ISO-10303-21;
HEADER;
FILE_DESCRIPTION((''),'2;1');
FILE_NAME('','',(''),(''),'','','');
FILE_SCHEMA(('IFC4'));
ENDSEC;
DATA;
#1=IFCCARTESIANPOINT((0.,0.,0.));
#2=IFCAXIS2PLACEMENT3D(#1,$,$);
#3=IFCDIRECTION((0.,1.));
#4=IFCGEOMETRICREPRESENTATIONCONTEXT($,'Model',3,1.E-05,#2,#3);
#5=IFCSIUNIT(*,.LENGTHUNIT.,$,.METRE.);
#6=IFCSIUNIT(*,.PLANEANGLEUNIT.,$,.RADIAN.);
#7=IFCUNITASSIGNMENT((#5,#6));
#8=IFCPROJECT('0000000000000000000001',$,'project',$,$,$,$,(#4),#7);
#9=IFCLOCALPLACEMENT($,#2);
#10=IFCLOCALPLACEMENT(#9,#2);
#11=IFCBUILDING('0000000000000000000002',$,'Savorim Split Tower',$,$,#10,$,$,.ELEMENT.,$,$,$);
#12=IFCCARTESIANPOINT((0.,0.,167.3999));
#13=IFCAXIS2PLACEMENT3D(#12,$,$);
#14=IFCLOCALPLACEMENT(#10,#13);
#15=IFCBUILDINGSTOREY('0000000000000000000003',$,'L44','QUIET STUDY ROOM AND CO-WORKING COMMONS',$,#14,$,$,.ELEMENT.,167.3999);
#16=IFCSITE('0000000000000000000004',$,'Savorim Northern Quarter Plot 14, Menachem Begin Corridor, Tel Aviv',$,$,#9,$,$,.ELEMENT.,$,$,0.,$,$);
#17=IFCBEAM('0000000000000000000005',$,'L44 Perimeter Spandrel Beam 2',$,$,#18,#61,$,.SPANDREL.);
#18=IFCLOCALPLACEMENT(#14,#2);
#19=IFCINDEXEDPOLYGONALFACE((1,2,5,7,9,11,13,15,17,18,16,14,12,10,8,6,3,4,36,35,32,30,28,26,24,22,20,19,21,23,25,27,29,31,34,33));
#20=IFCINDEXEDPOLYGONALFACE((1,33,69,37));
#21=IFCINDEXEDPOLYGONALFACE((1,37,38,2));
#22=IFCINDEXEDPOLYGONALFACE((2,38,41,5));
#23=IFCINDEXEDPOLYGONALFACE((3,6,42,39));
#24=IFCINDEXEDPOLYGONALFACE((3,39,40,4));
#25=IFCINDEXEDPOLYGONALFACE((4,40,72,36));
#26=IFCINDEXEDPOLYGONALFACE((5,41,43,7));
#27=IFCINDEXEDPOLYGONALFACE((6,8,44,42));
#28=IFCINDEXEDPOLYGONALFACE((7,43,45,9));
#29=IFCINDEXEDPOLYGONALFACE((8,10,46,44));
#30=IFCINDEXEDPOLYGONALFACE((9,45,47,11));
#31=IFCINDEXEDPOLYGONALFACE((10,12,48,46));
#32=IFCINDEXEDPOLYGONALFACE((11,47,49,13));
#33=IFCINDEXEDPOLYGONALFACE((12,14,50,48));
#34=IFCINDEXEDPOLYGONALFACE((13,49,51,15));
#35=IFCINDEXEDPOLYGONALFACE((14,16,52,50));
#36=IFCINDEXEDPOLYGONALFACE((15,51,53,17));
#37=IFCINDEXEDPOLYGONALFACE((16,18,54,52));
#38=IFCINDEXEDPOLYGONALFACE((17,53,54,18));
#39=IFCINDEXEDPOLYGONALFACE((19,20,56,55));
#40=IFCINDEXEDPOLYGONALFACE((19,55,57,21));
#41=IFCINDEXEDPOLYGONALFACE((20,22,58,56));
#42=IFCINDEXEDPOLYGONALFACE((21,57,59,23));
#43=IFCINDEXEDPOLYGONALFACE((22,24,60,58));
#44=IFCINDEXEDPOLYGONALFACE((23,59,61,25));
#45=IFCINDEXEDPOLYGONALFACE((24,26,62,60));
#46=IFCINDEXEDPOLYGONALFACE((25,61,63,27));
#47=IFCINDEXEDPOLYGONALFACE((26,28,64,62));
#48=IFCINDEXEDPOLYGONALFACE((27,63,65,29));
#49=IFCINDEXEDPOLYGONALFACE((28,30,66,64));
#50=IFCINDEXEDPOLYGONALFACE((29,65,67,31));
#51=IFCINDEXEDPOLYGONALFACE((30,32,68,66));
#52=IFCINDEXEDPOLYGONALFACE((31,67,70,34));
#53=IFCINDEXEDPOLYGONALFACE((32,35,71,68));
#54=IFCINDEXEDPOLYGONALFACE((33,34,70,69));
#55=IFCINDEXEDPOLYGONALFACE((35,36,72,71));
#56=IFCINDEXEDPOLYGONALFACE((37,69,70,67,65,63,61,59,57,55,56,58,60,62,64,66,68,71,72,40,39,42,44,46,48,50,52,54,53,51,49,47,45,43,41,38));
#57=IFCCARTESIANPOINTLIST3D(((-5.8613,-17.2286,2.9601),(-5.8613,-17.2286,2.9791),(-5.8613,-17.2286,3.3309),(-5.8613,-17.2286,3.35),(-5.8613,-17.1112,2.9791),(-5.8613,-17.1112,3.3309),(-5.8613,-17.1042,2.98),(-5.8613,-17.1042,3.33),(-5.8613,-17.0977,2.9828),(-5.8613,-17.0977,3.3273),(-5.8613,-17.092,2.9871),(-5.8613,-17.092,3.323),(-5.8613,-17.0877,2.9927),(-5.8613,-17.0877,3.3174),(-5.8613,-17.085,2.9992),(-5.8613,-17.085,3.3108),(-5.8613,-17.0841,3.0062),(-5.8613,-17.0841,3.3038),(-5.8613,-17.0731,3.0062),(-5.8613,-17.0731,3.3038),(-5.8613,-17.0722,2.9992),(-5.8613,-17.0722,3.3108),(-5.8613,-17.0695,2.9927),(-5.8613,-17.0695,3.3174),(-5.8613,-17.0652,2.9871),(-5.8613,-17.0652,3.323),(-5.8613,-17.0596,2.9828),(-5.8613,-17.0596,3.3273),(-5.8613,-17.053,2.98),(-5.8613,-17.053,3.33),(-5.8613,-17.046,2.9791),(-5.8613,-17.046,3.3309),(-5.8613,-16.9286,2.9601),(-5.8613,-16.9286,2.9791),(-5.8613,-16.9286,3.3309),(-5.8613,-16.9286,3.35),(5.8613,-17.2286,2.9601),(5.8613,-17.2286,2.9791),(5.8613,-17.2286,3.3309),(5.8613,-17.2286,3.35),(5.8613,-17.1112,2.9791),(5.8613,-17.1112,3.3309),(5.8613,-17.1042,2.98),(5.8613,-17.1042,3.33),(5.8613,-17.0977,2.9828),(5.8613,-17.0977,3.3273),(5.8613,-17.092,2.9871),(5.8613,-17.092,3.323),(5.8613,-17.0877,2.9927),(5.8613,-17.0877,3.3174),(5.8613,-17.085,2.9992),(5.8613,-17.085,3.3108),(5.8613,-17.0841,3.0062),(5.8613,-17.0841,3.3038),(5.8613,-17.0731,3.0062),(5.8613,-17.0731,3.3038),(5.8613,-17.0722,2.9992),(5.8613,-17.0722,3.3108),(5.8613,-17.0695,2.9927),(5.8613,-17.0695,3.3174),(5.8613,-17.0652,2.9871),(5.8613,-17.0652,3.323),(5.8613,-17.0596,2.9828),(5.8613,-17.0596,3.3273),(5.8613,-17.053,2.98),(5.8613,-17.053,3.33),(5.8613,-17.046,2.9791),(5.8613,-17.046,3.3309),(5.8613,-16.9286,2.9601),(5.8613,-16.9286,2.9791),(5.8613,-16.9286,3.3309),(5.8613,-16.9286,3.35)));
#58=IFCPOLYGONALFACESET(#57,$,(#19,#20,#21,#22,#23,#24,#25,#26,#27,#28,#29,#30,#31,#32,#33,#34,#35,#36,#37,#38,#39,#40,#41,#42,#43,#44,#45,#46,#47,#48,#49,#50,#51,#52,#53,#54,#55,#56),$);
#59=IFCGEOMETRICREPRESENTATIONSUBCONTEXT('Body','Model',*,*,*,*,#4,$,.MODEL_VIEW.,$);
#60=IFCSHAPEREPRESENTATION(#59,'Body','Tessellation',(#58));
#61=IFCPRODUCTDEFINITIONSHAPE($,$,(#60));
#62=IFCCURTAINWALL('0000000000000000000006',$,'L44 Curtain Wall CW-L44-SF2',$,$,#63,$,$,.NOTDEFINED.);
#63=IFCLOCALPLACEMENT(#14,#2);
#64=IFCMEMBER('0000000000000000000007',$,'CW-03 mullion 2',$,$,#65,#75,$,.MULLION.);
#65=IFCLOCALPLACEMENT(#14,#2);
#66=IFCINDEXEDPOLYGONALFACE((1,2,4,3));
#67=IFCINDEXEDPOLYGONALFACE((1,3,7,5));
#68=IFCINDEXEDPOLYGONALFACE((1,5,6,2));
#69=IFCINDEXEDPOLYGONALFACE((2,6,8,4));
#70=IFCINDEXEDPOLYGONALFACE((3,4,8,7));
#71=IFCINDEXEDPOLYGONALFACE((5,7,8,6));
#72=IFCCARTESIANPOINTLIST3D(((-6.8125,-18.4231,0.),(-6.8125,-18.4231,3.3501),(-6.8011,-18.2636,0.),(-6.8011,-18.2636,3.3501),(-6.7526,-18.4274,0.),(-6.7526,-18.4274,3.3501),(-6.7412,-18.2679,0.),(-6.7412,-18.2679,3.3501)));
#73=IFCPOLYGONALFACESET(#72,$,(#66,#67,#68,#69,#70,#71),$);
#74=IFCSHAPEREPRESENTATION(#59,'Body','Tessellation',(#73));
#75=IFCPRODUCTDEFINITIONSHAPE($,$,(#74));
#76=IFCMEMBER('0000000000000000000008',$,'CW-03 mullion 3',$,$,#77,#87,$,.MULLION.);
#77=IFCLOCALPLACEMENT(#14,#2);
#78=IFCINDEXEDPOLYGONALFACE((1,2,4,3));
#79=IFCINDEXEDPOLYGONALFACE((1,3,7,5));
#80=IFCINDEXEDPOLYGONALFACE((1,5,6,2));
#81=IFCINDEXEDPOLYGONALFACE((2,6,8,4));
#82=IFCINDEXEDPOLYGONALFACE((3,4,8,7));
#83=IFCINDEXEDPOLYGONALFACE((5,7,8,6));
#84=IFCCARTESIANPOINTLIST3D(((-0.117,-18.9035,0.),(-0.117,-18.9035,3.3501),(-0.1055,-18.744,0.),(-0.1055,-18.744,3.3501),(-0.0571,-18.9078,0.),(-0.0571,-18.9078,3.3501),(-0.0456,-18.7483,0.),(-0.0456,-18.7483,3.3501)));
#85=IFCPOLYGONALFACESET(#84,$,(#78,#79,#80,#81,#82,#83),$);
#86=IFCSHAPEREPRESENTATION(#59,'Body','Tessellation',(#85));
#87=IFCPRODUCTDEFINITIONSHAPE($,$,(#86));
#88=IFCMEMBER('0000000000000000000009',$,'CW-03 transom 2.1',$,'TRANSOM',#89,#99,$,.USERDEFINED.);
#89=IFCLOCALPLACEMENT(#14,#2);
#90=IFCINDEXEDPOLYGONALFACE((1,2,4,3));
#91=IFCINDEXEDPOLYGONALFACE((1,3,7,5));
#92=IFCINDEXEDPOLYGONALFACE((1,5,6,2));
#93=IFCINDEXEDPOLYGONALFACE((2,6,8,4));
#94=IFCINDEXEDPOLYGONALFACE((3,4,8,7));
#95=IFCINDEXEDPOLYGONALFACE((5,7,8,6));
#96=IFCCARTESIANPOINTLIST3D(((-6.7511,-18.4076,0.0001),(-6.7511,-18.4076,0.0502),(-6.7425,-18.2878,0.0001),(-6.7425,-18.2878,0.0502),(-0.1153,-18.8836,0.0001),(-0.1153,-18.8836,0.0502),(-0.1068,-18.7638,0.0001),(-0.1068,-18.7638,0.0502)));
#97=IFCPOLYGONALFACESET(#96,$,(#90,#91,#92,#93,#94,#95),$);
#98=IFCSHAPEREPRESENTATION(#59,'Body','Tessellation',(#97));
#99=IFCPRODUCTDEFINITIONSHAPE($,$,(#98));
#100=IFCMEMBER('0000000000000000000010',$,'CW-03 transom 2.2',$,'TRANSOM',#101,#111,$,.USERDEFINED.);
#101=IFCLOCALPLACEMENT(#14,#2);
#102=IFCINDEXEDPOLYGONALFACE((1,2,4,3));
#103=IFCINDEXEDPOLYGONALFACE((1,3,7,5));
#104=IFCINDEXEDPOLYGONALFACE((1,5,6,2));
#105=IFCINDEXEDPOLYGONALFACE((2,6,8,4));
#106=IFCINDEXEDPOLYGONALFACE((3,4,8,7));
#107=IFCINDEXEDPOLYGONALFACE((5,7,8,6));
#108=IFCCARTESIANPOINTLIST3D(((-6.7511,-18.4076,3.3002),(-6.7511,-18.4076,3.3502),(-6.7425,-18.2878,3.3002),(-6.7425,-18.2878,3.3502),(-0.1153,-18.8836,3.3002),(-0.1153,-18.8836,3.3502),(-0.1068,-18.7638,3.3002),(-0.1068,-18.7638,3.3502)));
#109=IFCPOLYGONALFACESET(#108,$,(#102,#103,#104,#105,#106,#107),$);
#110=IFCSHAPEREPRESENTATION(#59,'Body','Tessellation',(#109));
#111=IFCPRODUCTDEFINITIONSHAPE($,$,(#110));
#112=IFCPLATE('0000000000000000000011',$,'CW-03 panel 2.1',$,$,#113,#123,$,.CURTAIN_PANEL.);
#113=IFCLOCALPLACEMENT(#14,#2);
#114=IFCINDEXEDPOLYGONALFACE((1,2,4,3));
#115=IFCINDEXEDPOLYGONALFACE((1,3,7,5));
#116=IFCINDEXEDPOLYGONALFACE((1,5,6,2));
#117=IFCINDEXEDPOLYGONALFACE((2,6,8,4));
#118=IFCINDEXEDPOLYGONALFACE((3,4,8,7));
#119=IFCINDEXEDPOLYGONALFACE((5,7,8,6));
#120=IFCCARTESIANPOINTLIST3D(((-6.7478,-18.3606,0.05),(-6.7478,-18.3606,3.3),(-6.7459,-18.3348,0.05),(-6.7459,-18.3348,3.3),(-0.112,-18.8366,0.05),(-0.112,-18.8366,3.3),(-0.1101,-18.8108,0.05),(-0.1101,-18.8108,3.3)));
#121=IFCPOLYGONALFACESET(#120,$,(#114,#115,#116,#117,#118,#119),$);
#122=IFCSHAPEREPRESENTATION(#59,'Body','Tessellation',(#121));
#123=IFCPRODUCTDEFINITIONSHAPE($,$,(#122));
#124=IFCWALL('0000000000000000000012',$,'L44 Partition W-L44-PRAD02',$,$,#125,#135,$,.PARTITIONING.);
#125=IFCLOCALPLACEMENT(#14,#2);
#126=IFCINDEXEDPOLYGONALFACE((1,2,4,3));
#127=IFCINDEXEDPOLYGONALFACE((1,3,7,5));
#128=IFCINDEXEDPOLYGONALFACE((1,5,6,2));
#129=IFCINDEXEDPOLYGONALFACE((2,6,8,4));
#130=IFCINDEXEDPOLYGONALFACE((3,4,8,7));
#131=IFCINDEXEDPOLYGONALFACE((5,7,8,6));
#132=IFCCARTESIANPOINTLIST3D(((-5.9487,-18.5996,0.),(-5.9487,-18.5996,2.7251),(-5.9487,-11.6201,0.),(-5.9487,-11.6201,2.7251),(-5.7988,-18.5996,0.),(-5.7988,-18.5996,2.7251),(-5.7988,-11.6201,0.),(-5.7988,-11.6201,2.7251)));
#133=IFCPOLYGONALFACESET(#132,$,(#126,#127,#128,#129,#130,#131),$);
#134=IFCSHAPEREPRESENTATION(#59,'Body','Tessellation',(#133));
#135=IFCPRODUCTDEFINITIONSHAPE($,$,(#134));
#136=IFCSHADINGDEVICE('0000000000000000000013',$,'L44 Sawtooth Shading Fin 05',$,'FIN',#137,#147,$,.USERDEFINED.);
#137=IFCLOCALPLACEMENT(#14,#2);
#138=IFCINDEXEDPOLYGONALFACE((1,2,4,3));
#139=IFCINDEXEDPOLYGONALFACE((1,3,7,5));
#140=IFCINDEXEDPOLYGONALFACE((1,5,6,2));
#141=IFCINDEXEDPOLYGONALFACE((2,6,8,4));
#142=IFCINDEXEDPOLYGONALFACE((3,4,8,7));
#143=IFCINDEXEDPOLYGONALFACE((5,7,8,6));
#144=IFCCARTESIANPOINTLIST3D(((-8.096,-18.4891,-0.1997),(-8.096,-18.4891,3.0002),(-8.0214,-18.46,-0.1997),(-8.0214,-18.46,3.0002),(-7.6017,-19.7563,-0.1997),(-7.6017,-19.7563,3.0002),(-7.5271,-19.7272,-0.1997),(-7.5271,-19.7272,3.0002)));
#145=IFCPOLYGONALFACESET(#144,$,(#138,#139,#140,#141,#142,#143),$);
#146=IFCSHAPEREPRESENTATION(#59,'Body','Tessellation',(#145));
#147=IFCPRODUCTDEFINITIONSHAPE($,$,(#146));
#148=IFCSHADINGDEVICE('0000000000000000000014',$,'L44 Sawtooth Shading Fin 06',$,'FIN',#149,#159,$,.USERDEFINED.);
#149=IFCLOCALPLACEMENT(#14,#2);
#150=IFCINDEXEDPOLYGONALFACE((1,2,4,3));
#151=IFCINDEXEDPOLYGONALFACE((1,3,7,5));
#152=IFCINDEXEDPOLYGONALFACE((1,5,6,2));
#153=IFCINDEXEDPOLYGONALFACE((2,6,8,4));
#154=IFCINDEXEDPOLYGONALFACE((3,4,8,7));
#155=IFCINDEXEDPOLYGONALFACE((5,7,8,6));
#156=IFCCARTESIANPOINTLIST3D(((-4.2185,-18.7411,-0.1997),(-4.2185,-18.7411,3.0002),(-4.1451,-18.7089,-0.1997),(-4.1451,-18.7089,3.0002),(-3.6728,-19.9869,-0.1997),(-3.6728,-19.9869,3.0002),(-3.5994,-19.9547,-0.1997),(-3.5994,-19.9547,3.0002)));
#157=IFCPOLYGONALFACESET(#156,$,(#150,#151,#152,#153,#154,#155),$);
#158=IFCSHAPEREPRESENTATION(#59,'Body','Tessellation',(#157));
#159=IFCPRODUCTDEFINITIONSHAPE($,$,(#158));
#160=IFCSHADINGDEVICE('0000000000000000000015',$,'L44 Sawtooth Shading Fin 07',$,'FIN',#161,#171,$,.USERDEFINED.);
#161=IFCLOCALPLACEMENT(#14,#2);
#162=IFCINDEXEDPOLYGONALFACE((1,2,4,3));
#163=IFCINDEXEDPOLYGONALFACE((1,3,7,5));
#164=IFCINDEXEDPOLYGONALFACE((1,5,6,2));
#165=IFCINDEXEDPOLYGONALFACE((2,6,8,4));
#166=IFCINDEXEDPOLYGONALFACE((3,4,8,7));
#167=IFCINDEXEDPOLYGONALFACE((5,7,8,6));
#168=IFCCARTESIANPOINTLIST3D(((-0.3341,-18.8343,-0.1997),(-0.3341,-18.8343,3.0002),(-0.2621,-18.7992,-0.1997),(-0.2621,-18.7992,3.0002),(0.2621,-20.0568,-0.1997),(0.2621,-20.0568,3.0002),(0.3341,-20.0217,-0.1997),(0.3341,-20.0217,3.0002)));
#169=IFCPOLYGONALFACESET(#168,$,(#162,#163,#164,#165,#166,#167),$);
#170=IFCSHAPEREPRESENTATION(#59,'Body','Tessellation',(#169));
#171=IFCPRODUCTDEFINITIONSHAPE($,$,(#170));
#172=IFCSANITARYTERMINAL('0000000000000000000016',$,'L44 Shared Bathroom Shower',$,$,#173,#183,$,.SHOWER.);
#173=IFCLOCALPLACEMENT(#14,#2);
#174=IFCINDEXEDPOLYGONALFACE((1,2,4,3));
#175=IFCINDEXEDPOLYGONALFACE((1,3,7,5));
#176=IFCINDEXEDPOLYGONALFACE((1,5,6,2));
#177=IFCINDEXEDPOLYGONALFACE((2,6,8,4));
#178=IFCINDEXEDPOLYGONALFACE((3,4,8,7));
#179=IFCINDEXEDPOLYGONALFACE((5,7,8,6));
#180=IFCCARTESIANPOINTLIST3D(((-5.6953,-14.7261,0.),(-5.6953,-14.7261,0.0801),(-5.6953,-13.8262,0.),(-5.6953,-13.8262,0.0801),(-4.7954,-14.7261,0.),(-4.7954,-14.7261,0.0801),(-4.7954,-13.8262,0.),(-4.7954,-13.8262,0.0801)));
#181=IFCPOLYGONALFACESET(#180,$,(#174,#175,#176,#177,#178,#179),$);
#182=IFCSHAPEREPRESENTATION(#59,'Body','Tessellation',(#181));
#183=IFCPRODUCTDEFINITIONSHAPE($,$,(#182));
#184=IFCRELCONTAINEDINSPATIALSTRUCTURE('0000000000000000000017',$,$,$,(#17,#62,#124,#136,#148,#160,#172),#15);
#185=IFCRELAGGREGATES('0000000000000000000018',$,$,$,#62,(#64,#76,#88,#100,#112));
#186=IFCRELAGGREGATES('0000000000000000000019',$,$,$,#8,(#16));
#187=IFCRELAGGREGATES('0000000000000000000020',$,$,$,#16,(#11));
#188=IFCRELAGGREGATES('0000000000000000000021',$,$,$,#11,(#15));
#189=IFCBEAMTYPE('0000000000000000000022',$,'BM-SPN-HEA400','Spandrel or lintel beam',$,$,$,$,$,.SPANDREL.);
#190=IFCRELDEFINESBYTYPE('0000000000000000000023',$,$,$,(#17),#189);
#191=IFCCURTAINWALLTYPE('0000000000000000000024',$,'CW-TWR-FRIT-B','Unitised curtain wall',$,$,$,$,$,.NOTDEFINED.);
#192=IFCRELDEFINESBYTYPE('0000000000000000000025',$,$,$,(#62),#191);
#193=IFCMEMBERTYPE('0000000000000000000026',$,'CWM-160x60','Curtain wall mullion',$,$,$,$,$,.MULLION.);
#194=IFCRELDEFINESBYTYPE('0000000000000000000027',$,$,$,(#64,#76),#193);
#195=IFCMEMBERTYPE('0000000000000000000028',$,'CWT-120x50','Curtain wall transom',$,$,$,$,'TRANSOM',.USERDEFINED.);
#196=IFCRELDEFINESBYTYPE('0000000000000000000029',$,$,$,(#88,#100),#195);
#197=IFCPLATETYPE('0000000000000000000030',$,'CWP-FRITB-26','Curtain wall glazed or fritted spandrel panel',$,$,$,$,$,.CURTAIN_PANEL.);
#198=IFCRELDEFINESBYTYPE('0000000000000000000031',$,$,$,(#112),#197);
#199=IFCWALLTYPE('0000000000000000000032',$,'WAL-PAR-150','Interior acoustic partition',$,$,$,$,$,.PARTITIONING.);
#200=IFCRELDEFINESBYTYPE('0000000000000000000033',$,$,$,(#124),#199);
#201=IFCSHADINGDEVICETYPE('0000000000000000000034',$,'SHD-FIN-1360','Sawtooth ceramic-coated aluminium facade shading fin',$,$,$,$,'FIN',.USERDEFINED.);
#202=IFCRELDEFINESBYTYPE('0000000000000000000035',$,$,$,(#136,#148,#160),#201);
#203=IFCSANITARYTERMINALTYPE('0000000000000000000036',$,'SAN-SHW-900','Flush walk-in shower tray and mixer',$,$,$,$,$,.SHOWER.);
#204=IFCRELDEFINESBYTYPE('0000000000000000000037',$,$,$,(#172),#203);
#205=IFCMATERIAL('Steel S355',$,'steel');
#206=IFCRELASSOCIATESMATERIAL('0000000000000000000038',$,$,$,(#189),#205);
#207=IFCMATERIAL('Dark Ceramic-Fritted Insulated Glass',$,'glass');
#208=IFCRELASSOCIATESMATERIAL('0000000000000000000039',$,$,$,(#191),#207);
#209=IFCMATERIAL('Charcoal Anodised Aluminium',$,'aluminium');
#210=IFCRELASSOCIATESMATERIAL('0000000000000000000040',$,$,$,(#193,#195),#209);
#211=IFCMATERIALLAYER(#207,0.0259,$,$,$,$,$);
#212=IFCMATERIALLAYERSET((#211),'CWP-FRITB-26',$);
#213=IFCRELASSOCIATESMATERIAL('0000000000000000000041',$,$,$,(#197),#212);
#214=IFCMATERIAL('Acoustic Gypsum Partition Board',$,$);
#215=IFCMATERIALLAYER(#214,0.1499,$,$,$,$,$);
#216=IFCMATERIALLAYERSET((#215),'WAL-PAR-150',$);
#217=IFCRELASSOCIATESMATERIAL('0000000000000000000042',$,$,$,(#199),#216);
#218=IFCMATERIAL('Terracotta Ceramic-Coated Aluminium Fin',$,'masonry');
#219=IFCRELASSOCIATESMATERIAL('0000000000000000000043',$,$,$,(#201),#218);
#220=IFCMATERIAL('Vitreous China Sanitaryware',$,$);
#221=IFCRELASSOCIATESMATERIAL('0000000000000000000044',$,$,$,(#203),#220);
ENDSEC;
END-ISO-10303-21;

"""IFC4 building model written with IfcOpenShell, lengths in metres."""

from ifc_helpers import new_model, si_unit, direction, frame, frame_2d, origin, origin_2d, place, context, subcontext, project, spatial, rectangle, i_section, extrude, material, layer, layer_set, material_profile, profile_set, type_object, element, aggregate, save


model = new_model("IFC4")

# Units and contexts
model_context = context("Model", 3, precision=1e-05, world=origin(), true_north=direction((0.0, 1.0)))
body_context = subcontext(model_context, "Body", "Model", "MODEL_VIEW")
ifc_project = project(units=[si_unit("LENGTHUNIT", "METRE"), si_unit("PLANEANGLEUNIT", "RADIAN")], contexts=[model_context])

# Site, building, storey
site_placement = place(None, origin())
site = spatial("IfcSite", under=ifc_project, at=site_placement, Name="Savorim Northern Quarter Plot 14, Menachem Begin Corridor, Tel Aviv", CompositionType="ELEMENT", RefElevation=0.0)
building_placement = place(site_placement, origin())
building = spatial("IfcBuilding", under=site, at=building_placement, Name="Savorim Split Tower", CompositionType="ELEMENT")
storey_placement = place(building_placement, frame((0.0, 0.0, 167.3999)))
storey = spatial("IfcBuildingStorey", under=building, at=storey_placement, Name="L44", Description="QUIET STUDY ROOM AND CO-WORKING COMMONS", CompositionType="ELEMENT", Elevation=167.3999)

# Beam
ifc_material_1 = material(Name="Steel S355", Category="steel")
ifc_material_profile_1 = material_profile(ifc_material_1, i_section(OverallWidth=0.3, OverallDepth=0.3899, WebThickness=0.011, FlangeThickness=0.019, FilletRadius=0.0271, at=origin_2d()), Name="HEA 400")
ifc_profile_set_1 = profile_set([ifc_material_profile_1], Name="Steel S355")
beam_type_1 = type_object("IfcBeamType", Name="BM-SPN-HEA400", Description="Spandrel or lintel beam", PredefinedType="SPANDREL", material=ifc_profile_set_1)
beam_1_placement = place(storey_placement, frame((-5.8613, -17.0786, 3.155), z_axis=(1.0, 0.0, 0.0), x_axis=(0.0, 1.0, 0.0)))
element("IfcBeam", 1, at=beam_1_placement, inside=storey, type_object=beam_type_1, Name="L44 Perimeter Spandrel Beam 2", PredefinedType="SPANDREL", context=body_context, shape_type="SweptSolid", body=[
    extrude(i_section(OverallWidth=0.3, OverallDepth=0.3899, WebThickness=0.011, FlangeThickness=0.019, FilletRadius=0.0271, at=origin_2d()), origin(), (0.0, 0.0, 1.0), 11.7227),
])

# Curtain wall, members, plate
ifc_material_2 = material(Name="Dark Ceramic-Fritted Insulated Glass", Category="glass")
curtain_wall_type = type_object("IfcCurtainWallType", Name="CW-TWR-FRIT-B", Description="Unitised curtain wall", PredefinedType="NOTDEFINED", material=ifc_material_2)
curtain_wall_placement = place(storey_placement, origin())
curtain_wall = element("IfcCurtainWall", 2, at=curtain_wall_placement, inside=storey, type_object=curtain_wall_type, Name="L44 Curtain Wall CW-L44-SF2", PredefinedType="NOTDEFINED")
ifc_material_3 = material(Name="Charcoal Anodised Aluminium", Category="aluminium")
ifc_material_profile_2 = material_profile(ifc_material_3, rectangle(XDim=0.1599, YDim=0.0601, at=origin_2d()), Name="ALU-M 160x60")
ifc_profile_set_2 = profile_set([ifc_material_profile_2], Name="Charcoal Anodised Aluminium")
member_type_1 = type_object("IfcMemberType", Name="CWM-160x60", Description="Curtain wall mullion", PredefinedType="MULLION", material=ifc_profile_set_2)
member_1_placement = place(storey_placement, frame((-6.7769, -18.3455, 0.0), z_axis=(0.0, 0.0, 1.0), x_axis=(0.071557, 0.997436, 0.0)))
member_1 = element("IfcMember", 3, at=member_1_placement, type_object=member_type_1, Name="CW-03 mullion 2", PredefinedType="MULLION", context=body_context, shape_type="SweptSolid", body=[
    extrude(rectangle(XDim=0.1599, YDim=0.0601, at=origin_2d()), origin(), (0.0, 0.0, 1.0), 3.3501),
])
member_2_placement = place(storey_placement, frame((-0.0813, -18.8259, 0.0), z_axis=(0.0, 0.0, 1.0), x_axis=(0.071557, 0.997436, 0.0)))
member_2 = element("IfcMember", 4, at=member_2_placement, type_object=member_type_1, Name="CW-03 mullion 3", PredefinedType="MULLION", context=body_context, shape_type="SweptSolid", body=[
    extrude(rectangle(XDim=0.1599, YDim=0.0601, at=origin_2d()), origin(), (0.0, 0.0, 1.0), 3.3501),
])
ifc_material_profile_3 = material_profile(ifc_material_3, rectangle(XDim=0.1201, YDim=0.05, at=origin_2d()), Name="ALU-T 120x50")
ifc_profile_set_3 = profile_set([ifc_material_profile_3], Name="Charcoal Anodised Aluminium")
member_type_2 = type_object("IfcMemberType", Name="CWT-120x50", Description="Curtain wall transom", ElementType="TRANSOM", PredefinedType="USERDEFINED", material=ifc_profile_set_3)
member_3_placement = place(storey_placement, frame((-6.7468, -18.3477, 0.0251), z_axis=(0.997436, -0.07156, 0.0), x_axis=(0.07156, 0.997436, 0.0)))
member_3 = element("IfcMember", 5, at=member_3_placement, type_object=member_type_2, Name="CW-03 transom 2.1", ObjectType="TRANSOM", PredefinedType="USERDEFINED", context=body_context, shape_type="SweptSolid", body=[
    extrude(rectangle(XDim=0.1201, YDim=0.05, at=origin_2d()), origin(), (0.0, 0.0, 1.0), 6.6528),
])
member_4_placement = place(storey_placement, frame((-6.7468, -18.3477, 3.3252), z_axis=(0.997436, -0.07156, 0.0), x_axis=(0.07156, 0.997436, 0.0)))
member_4 = element("IfcMember", 6, at=member_4_placement, type_object=member_type_2, Name="CW-03 transom 2.2", ObjectType="TRANSOM", PredefinedType="USERDEFINED", context=body_context, shape_type="SweptSolid", body=[
    extrude(rectangle(XDim=0.1201, YDim=0.05, at=origin_2d()), origin(), (0.0, 0.0, 1.0), 6.6528),
])
ifc_layer_1 = layer(ifc_material_2, 0.0259)
ifc_layer_set_1 = layer_set([ifc_layer_1], Name="CWP-FRITB-26")
plate_type = type_object("IfcPlateType", Name="CWP-FRITB-26", Description="Curtain wall glazed or fritted spandrel panel", PredefinedType="CURTAIN_PANEL", material=ifc_layer_set_1)
plate_placement = place(storey_placement, frame((-3.429, -18.5857, 0.05), z_axis=(0.0, 0.0, 1.0), x_axis=(0.997436, -0.071557, 0.0)))
plate = element("IfcPlate", 7, at=plate_placement, type_object=plate_type, Name="CW-03 panel 2.1", PredefinedType="CURTAIN_PANEL", context=body_context, shape_type="SweptSolid", body=[
    extrude(rectangle(XDim=6.6528, YDim=0.0259, at=origin_2d()), origin(), (0.0, 0.0, 1.0), 3.25),
])
aggregate(curtain_wall, [member_1, member_2, member_3, member_4, plate])

# Wall
ifc_material_4 = material(Name="Acoustic Gypsum Partition Board")
ifc_layer_2 = layer(ifc_material_4, 0.1499)
ifc_layer_set_2 = layer_set([ifc_layer_2], Name="WAL-PAR-150")
wall_type = type_object("IfcWallType", Name="WAL-PAR-150", Description="Interior acoustic partition", PredefinedType="PARTITIONING", material=ifc_layer_set_2)
wall_placement = place(storey_placement, frame((-5.8738, -11.6201, 0.0), z_axis=(0.0, 0.0, 1.0), x_axis=(0.0, -1.0, 0.0)))
element("IfcWall", 8, at=wall_placement, inside=storey, type_object=wall_type, Name="L44 Partition W-L44-PRAD02", PredefinedType="PARTITIONING", context=body_context, shape_type="SweptSolid", body=[
    extrude(rectangle(XDim=6.9795, YDim=0.1499, at=frame_2d((3.4897, 0.0))), origin(), (0.0, 0.0, 1.0), 2.7251),
])

# Shading devices
ifc_material_5 = material(Name="Terracotta Ceramic-Coated Aluminium Fin", Category="masonry")
shading_device_type = type_object("IfcShadingDeviceType", Name="SHD-FIN-1360", Description="Sawtooth ceramic-coated aluminium facade shading fin", ElementType="FIN", PredefinedType="USERDEFINED", material=ifc_material_5)
for number, where, z_axis, x_axis, name in (
    (9, (-7.8115, -19.1082, -0.1997), (0.0, 0.0, 1.0), (0.363415, -0.931627, 0.0), "L44 Sawtooth Shading Fin 05"),
    (10, (-3.9089, -19.3479, -0.1997), (0.0, 0.0, 1.0), (0.40123, -0.915977, 0.0), "L44 Sawtooth Shading Fin 06"),
    (11, (0.0, -19.428, -0.1997), (0.0, 0.0, 1.0), (0.438371, -0.898794, 0.0), "L44 Sawtooth Shading Fin 07"),
):
    element("IfcShadingDevice", number, at=place(storey_placement, frame(where, z_axis=z_axis, x_axis=x_axis)), inside=storey, type_object=shading_device_type, Name=name, ObjectType="FIN", PredefinedType="USERDEFINED", context=body_context, shape_type="SweptSolid", body=[
        extrude(rectangle(XDim=1.3601, YDim=0.0801, at=origin_2d()), origin(), (0.0, 0.0, 1.0), 3.2),
    ])

# Sanitary terminal
ifc_material_6 = material(Name="Vitreous China Sanitaryware")
sanitary_terminal_type_1 = type_object("IfcSanitaryTerminalType", Name="SAN-SHW-900", Description="Flush walk-in shower tray and mixer", PredefinedType="SHOWER", material=ifc_material_6)
sanitary_terminal_1_placement = place(storey_placement, frame((-5.2454, -14.2761, 0.0), z_axis=(0.0, 0.0, 1.0), x_axis=(1.0, 0.0, 0.0)))
element("IfcSanitaryTerminal", 12, at=sanitary_terminal_1_placement, inside=storey, type_object=sanitary_terminal_type_1, Name="L44 Shared Bathroom Shower", PredefinedType="SHOWER", context=body_context, shape_type="SweptSolid", body=[
    extrude(rectangle(XDim=0.8999, YDim=0.8999, at=origin_2d()), origin(), (0.0, 0.0, 1.0), 0.0801),
])

save(model, "model.ifc")
